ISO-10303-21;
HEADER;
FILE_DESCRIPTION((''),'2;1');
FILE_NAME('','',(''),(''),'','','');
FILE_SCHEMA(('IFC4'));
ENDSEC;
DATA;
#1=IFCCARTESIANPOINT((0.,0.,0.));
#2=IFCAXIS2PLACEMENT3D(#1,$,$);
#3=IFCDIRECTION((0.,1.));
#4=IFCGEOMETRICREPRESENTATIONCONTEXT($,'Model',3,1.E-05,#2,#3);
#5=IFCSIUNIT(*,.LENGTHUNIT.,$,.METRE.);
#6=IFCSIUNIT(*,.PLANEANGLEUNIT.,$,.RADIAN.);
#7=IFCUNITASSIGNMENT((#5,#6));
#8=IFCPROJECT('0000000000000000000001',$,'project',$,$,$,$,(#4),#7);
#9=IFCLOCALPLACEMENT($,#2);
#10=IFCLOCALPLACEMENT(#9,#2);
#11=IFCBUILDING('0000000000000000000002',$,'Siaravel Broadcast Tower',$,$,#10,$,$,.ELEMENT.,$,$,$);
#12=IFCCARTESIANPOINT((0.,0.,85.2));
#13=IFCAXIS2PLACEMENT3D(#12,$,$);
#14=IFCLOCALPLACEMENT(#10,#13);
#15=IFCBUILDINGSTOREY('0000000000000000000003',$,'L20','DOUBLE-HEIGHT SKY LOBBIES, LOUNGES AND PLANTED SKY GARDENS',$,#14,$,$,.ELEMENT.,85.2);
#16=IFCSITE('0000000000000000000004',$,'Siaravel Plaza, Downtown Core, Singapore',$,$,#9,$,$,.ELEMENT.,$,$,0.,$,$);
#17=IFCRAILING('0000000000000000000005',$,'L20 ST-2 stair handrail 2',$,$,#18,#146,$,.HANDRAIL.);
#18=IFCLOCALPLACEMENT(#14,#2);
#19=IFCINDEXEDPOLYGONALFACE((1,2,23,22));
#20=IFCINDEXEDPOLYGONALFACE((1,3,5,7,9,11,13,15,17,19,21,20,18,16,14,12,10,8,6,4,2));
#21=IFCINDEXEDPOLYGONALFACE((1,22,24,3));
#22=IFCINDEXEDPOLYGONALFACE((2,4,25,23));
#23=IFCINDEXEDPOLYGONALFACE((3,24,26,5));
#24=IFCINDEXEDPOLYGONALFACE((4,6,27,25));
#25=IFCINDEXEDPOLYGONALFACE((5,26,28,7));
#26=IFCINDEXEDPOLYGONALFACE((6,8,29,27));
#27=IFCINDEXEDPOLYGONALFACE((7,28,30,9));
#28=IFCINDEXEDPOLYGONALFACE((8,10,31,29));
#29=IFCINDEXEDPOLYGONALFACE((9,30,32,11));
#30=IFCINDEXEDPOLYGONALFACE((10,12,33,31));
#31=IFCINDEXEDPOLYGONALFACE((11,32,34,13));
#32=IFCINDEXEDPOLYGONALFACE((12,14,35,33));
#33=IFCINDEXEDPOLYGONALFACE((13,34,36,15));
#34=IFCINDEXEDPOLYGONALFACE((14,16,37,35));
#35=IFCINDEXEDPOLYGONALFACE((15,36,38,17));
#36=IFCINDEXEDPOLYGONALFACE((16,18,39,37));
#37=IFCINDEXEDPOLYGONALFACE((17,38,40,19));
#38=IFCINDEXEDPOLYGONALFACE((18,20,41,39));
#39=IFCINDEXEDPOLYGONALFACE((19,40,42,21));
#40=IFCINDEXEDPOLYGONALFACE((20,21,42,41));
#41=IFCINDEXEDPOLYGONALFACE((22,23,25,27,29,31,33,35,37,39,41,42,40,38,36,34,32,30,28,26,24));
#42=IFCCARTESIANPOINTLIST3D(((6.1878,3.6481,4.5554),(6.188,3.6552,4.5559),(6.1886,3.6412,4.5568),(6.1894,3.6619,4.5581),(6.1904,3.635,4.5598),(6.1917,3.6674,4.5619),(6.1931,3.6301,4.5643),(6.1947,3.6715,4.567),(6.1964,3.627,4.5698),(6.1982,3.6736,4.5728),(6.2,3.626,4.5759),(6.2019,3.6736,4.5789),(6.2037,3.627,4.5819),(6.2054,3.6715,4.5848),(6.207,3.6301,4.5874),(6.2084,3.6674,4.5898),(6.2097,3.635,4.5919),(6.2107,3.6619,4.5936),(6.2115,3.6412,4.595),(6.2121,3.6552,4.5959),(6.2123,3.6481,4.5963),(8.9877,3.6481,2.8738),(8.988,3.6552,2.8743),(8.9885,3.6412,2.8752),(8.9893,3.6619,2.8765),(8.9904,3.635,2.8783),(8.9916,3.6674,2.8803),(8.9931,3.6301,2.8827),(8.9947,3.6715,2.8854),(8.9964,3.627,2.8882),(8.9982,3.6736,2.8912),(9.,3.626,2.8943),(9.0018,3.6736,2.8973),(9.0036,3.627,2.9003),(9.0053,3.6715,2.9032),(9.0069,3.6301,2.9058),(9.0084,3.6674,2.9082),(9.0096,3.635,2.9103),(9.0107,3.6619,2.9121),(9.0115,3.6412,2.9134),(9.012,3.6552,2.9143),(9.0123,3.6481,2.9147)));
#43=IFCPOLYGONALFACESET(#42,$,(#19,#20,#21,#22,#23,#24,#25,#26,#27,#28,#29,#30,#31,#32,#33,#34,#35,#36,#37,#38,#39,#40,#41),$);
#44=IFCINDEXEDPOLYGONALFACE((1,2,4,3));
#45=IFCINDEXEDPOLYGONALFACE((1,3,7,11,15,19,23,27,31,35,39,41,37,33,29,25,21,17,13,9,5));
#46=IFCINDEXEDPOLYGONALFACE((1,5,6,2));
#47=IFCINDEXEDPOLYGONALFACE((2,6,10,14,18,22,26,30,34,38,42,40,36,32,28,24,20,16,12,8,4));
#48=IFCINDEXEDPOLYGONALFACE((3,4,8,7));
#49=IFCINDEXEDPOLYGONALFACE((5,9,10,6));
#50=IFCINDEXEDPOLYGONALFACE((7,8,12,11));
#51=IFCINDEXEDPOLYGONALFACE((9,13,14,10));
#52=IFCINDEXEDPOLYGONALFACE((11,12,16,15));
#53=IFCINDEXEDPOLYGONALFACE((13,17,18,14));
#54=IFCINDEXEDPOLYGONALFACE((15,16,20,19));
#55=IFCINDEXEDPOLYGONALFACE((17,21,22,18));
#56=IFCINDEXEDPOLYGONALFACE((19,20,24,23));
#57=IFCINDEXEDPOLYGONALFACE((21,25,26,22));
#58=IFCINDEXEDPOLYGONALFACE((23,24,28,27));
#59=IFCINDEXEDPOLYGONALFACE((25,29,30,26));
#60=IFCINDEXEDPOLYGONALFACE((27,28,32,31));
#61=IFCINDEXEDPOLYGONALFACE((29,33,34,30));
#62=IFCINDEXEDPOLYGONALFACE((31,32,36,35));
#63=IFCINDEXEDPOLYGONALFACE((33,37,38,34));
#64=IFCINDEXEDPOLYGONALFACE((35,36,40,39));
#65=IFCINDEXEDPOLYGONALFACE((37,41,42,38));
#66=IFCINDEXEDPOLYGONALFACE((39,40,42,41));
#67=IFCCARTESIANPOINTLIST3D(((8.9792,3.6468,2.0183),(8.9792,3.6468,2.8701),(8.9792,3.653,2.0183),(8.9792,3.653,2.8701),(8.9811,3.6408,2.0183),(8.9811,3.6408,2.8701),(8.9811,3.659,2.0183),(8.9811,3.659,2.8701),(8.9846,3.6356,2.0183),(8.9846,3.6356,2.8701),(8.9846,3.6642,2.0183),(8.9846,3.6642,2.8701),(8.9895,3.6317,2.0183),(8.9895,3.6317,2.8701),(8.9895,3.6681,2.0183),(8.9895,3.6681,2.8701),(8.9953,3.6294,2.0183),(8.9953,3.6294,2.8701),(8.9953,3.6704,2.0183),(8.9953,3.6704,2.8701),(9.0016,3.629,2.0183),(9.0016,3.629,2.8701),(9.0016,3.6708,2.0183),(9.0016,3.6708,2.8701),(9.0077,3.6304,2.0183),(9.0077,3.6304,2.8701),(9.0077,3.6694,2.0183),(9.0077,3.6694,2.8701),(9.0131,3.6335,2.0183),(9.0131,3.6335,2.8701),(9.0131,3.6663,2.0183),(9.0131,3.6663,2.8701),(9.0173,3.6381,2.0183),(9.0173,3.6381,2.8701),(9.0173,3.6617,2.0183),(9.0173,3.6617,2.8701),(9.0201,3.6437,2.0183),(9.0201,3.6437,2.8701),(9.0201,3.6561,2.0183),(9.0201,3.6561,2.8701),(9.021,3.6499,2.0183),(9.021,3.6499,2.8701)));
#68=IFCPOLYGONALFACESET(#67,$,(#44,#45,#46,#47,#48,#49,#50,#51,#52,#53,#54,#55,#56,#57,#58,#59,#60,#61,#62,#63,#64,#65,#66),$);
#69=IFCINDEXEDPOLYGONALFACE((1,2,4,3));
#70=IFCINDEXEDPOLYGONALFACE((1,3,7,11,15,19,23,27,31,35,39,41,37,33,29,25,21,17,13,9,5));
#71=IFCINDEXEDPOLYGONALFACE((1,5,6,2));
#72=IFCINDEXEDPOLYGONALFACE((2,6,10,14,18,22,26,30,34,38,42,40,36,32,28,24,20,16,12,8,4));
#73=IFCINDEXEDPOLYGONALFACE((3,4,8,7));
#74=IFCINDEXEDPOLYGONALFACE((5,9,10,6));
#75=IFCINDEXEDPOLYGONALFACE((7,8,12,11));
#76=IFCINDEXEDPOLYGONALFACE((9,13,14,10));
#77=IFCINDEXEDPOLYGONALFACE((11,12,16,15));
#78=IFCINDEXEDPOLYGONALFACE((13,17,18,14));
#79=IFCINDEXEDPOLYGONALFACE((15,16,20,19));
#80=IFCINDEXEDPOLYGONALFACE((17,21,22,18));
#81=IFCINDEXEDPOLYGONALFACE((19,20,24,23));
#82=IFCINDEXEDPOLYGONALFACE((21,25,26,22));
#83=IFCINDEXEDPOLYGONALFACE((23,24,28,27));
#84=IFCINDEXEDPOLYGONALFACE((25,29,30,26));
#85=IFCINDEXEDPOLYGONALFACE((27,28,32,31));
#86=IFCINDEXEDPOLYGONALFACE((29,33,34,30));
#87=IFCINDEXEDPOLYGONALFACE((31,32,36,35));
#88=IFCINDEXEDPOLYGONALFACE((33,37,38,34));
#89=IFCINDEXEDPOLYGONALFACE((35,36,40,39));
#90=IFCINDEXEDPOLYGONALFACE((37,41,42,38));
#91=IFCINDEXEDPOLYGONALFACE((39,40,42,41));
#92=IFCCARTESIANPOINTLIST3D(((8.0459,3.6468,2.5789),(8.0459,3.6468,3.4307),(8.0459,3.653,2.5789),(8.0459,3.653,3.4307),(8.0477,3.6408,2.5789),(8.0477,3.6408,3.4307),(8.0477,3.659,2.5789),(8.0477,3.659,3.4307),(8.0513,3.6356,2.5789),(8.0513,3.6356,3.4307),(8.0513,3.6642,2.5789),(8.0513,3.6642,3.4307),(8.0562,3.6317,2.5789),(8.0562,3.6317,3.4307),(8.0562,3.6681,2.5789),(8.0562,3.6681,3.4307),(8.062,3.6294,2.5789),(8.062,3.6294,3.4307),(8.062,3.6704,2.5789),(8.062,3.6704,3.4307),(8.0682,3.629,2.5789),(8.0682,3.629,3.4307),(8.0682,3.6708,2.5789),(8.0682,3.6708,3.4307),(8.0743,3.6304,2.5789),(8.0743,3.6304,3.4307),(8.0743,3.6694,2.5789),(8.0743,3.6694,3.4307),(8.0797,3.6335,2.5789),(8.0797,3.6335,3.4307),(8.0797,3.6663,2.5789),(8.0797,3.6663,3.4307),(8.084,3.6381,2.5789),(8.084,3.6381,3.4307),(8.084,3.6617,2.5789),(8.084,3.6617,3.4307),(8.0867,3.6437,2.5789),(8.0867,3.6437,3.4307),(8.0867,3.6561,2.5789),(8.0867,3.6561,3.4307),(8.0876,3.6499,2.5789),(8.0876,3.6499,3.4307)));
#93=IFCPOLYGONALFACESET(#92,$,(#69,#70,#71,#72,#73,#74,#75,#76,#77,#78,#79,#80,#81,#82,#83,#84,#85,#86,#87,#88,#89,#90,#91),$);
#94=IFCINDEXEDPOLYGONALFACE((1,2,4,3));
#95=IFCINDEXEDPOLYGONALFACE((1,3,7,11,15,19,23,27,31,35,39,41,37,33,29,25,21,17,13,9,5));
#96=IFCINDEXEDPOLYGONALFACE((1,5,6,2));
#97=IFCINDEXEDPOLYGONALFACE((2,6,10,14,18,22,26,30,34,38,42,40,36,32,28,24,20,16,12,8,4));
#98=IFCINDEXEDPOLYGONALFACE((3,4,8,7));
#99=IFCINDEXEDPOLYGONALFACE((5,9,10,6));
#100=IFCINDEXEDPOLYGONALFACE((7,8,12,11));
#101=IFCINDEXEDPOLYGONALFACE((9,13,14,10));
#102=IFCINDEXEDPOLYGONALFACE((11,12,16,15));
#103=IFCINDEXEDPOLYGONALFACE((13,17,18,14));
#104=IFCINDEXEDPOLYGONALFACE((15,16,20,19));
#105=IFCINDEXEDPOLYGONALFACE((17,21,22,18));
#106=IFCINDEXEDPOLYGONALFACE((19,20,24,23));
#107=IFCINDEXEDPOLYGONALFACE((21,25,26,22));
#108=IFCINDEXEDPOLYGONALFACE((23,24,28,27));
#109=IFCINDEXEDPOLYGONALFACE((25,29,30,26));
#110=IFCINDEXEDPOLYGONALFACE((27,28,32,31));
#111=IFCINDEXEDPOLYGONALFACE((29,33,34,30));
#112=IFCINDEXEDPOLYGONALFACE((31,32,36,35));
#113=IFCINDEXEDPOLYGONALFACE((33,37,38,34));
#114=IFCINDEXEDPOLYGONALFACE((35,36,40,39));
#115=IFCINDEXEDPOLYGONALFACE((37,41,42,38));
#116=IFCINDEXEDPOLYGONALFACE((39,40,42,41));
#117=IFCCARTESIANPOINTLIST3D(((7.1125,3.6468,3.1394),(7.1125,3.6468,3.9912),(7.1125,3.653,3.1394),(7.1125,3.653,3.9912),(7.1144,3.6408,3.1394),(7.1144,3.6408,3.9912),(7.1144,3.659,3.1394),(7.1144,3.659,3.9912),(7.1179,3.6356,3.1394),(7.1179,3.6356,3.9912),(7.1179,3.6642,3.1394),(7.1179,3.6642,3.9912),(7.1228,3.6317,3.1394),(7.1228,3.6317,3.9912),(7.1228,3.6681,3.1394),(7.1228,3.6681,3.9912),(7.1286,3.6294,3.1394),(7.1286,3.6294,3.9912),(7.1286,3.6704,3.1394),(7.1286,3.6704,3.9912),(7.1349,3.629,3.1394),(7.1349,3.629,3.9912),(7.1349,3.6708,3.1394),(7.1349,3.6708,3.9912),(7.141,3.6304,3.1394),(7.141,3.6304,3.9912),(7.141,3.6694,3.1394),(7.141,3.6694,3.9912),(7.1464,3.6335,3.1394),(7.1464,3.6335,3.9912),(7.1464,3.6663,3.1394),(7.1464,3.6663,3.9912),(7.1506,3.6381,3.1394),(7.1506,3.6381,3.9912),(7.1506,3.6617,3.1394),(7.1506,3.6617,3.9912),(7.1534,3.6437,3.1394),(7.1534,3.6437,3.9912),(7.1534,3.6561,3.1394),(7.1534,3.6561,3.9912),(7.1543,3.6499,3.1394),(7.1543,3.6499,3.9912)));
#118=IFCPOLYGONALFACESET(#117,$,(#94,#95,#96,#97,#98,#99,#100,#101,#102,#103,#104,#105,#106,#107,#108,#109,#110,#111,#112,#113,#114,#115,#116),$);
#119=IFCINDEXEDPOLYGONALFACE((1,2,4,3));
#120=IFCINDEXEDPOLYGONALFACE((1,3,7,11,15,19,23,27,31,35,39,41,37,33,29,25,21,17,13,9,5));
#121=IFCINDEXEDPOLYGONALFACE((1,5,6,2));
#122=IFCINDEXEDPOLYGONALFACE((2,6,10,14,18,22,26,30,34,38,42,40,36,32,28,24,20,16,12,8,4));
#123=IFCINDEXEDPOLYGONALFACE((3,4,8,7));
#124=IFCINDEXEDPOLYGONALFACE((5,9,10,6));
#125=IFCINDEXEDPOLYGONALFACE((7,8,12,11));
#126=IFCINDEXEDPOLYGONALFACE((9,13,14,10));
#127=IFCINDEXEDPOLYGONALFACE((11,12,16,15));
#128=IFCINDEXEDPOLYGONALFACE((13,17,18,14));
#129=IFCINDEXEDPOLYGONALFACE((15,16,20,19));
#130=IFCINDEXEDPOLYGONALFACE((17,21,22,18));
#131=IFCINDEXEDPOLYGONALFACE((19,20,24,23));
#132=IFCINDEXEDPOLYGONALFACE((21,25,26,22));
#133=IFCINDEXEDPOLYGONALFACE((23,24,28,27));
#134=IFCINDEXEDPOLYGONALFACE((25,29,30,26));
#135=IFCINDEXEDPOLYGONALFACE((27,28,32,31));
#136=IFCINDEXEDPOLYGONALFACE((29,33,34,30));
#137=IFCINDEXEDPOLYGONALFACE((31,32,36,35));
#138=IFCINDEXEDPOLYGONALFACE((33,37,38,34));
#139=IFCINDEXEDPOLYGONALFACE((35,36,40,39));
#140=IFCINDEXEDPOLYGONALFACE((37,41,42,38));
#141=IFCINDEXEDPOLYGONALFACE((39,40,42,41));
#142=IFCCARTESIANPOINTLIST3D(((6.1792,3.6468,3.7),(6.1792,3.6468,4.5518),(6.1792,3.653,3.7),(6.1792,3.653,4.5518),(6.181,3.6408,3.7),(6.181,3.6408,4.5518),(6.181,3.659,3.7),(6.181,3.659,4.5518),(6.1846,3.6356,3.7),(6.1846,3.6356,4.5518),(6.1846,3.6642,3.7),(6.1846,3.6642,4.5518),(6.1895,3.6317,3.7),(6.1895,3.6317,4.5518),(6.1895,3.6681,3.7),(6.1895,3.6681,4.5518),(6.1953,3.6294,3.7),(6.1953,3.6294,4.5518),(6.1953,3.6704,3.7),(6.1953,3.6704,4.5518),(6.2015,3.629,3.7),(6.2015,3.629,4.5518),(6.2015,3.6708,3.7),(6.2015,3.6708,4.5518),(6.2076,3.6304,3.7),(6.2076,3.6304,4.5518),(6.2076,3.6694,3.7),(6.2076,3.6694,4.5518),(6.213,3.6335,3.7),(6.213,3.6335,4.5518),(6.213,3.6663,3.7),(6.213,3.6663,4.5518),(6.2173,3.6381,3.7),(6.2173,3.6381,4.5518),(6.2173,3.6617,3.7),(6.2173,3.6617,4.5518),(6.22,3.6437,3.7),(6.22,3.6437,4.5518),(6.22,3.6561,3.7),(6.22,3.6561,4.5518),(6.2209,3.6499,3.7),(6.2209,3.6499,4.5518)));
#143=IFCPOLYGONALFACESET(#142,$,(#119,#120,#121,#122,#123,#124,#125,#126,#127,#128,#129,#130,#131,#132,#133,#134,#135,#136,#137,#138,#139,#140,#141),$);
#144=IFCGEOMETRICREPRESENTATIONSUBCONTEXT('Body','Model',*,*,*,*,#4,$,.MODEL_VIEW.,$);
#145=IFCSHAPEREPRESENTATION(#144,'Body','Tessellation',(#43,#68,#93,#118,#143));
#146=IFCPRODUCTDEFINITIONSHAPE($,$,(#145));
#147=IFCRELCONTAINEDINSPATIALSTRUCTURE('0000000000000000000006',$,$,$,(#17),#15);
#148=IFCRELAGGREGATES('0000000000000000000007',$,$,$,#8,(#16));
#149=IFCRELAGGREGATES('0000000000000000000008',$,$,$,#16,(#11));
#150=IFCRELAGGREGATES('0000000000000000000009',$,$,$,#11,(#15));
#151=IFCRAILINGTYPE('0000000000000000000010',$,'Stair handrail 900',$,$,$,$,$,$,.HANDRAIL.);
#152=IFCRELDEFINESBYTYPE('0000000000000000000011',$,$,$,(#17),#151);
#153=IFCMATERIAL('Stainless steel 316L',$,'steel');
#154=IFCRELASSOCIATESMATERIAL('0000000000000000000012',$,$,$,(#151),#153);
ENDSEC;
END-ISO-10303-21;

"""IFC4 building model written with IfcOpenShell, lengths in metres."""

from ifc_helpers import new_model, si_unit, direction, frame, origin, origin_2d, place, context, subcontext, project, spatial, circle, extrude, material, type_object, element, save


model = new_model("IFC4")

# Units and contexts
model_context = context("Model", 3, precision=1e-05, world=origin(), true_north=direction((0.0, 1.0)))
body_context = subcontext(model_context, "Body", "Model", "MODEL_VIEW")
ifc_project = project(units=[si_unit("LENGTHUNIT", "METRE"), si_unit("PLANEANGLEUNIT", "RADIAN")], contexts=[model_context])

# Site, building, storey
site_placement = place(None, origin())
site = spatial("IfcSite", under=ifc_project, at=site_placement, Name="Siaravel Plaza, Downtown Core, Singapore", CompositionType="ELEMENT", RefElevation=0.0)
building_placement = place(site_placement, origin())
building = spatial("IfcBuilding", under=site, at=building_placement, Name="Siaravel Broadcast Tower", CompositionType="ELEMENT")
storey_placement = place(building_placement, frame((0.0, 0.0, 85.2)))
storey = spatial("IfcBuildingStorey", under=building, at=storey_placement, Name="L20", Description="DOUBLE-HEIGHT SKY LOBBIES, LOUNGES AND PLANTED SKY GARDENS", CompositionType="ELEMENT", Elevation=85.2)

# Railing
ifc_material_1 = material(Name="Stainless steel 316L", Category="steel")
railing_type_1 = type_object("IfcRailingType", Name="Stair handrail 900", PredefinedType="HANDRAIL", material=ifc_material_1)
railing_1_placement = place(storey_placement, frame((9.0, 3.6499, 2.0183)))
element("IfcRailing", 1, at=railing_1_placement, inside=storey, type_object=railing_type_1, Name="L20 ST-2 stair handrail 2", PredefinedType="HANDRAIL", context=body_context, shape_type="SweptSolid", body=[
    extrude(circle(Radius=0.0239, at=origin_2d()), frame((0.0, 0.0, 0.876), z_axis=(-0.857275, 0.0, 0.514858), x_axis=(0.0, -1.0, 0.0)), (0.0, 0.0, 1.0), 3.2661),
    extrude(circle(Radius=0.021, at=origin_2d()), origin(), (0.0, 0.0, 1.0), 0.8518),
    extrude(circle(Radius=0.021, at=origin_2d()), frame((-0.9333, 0.0, 0.5605)), (0.0, 0.0, 1.0), 0.8518),
    extrude(circle(Radius=0.021, at=origin_2d()), frame((-1.8667, 0.0, 1.1211)), (0.0, 0.0, 1.0), 0.8518),
    extrude(circle(Radius=0.021, at=origin_2d()), frame((-2.8, 0.0, 1.6816)), (0.0, 0.0, 1.0), 0.8518),
])

save(model, "model.ifc")
